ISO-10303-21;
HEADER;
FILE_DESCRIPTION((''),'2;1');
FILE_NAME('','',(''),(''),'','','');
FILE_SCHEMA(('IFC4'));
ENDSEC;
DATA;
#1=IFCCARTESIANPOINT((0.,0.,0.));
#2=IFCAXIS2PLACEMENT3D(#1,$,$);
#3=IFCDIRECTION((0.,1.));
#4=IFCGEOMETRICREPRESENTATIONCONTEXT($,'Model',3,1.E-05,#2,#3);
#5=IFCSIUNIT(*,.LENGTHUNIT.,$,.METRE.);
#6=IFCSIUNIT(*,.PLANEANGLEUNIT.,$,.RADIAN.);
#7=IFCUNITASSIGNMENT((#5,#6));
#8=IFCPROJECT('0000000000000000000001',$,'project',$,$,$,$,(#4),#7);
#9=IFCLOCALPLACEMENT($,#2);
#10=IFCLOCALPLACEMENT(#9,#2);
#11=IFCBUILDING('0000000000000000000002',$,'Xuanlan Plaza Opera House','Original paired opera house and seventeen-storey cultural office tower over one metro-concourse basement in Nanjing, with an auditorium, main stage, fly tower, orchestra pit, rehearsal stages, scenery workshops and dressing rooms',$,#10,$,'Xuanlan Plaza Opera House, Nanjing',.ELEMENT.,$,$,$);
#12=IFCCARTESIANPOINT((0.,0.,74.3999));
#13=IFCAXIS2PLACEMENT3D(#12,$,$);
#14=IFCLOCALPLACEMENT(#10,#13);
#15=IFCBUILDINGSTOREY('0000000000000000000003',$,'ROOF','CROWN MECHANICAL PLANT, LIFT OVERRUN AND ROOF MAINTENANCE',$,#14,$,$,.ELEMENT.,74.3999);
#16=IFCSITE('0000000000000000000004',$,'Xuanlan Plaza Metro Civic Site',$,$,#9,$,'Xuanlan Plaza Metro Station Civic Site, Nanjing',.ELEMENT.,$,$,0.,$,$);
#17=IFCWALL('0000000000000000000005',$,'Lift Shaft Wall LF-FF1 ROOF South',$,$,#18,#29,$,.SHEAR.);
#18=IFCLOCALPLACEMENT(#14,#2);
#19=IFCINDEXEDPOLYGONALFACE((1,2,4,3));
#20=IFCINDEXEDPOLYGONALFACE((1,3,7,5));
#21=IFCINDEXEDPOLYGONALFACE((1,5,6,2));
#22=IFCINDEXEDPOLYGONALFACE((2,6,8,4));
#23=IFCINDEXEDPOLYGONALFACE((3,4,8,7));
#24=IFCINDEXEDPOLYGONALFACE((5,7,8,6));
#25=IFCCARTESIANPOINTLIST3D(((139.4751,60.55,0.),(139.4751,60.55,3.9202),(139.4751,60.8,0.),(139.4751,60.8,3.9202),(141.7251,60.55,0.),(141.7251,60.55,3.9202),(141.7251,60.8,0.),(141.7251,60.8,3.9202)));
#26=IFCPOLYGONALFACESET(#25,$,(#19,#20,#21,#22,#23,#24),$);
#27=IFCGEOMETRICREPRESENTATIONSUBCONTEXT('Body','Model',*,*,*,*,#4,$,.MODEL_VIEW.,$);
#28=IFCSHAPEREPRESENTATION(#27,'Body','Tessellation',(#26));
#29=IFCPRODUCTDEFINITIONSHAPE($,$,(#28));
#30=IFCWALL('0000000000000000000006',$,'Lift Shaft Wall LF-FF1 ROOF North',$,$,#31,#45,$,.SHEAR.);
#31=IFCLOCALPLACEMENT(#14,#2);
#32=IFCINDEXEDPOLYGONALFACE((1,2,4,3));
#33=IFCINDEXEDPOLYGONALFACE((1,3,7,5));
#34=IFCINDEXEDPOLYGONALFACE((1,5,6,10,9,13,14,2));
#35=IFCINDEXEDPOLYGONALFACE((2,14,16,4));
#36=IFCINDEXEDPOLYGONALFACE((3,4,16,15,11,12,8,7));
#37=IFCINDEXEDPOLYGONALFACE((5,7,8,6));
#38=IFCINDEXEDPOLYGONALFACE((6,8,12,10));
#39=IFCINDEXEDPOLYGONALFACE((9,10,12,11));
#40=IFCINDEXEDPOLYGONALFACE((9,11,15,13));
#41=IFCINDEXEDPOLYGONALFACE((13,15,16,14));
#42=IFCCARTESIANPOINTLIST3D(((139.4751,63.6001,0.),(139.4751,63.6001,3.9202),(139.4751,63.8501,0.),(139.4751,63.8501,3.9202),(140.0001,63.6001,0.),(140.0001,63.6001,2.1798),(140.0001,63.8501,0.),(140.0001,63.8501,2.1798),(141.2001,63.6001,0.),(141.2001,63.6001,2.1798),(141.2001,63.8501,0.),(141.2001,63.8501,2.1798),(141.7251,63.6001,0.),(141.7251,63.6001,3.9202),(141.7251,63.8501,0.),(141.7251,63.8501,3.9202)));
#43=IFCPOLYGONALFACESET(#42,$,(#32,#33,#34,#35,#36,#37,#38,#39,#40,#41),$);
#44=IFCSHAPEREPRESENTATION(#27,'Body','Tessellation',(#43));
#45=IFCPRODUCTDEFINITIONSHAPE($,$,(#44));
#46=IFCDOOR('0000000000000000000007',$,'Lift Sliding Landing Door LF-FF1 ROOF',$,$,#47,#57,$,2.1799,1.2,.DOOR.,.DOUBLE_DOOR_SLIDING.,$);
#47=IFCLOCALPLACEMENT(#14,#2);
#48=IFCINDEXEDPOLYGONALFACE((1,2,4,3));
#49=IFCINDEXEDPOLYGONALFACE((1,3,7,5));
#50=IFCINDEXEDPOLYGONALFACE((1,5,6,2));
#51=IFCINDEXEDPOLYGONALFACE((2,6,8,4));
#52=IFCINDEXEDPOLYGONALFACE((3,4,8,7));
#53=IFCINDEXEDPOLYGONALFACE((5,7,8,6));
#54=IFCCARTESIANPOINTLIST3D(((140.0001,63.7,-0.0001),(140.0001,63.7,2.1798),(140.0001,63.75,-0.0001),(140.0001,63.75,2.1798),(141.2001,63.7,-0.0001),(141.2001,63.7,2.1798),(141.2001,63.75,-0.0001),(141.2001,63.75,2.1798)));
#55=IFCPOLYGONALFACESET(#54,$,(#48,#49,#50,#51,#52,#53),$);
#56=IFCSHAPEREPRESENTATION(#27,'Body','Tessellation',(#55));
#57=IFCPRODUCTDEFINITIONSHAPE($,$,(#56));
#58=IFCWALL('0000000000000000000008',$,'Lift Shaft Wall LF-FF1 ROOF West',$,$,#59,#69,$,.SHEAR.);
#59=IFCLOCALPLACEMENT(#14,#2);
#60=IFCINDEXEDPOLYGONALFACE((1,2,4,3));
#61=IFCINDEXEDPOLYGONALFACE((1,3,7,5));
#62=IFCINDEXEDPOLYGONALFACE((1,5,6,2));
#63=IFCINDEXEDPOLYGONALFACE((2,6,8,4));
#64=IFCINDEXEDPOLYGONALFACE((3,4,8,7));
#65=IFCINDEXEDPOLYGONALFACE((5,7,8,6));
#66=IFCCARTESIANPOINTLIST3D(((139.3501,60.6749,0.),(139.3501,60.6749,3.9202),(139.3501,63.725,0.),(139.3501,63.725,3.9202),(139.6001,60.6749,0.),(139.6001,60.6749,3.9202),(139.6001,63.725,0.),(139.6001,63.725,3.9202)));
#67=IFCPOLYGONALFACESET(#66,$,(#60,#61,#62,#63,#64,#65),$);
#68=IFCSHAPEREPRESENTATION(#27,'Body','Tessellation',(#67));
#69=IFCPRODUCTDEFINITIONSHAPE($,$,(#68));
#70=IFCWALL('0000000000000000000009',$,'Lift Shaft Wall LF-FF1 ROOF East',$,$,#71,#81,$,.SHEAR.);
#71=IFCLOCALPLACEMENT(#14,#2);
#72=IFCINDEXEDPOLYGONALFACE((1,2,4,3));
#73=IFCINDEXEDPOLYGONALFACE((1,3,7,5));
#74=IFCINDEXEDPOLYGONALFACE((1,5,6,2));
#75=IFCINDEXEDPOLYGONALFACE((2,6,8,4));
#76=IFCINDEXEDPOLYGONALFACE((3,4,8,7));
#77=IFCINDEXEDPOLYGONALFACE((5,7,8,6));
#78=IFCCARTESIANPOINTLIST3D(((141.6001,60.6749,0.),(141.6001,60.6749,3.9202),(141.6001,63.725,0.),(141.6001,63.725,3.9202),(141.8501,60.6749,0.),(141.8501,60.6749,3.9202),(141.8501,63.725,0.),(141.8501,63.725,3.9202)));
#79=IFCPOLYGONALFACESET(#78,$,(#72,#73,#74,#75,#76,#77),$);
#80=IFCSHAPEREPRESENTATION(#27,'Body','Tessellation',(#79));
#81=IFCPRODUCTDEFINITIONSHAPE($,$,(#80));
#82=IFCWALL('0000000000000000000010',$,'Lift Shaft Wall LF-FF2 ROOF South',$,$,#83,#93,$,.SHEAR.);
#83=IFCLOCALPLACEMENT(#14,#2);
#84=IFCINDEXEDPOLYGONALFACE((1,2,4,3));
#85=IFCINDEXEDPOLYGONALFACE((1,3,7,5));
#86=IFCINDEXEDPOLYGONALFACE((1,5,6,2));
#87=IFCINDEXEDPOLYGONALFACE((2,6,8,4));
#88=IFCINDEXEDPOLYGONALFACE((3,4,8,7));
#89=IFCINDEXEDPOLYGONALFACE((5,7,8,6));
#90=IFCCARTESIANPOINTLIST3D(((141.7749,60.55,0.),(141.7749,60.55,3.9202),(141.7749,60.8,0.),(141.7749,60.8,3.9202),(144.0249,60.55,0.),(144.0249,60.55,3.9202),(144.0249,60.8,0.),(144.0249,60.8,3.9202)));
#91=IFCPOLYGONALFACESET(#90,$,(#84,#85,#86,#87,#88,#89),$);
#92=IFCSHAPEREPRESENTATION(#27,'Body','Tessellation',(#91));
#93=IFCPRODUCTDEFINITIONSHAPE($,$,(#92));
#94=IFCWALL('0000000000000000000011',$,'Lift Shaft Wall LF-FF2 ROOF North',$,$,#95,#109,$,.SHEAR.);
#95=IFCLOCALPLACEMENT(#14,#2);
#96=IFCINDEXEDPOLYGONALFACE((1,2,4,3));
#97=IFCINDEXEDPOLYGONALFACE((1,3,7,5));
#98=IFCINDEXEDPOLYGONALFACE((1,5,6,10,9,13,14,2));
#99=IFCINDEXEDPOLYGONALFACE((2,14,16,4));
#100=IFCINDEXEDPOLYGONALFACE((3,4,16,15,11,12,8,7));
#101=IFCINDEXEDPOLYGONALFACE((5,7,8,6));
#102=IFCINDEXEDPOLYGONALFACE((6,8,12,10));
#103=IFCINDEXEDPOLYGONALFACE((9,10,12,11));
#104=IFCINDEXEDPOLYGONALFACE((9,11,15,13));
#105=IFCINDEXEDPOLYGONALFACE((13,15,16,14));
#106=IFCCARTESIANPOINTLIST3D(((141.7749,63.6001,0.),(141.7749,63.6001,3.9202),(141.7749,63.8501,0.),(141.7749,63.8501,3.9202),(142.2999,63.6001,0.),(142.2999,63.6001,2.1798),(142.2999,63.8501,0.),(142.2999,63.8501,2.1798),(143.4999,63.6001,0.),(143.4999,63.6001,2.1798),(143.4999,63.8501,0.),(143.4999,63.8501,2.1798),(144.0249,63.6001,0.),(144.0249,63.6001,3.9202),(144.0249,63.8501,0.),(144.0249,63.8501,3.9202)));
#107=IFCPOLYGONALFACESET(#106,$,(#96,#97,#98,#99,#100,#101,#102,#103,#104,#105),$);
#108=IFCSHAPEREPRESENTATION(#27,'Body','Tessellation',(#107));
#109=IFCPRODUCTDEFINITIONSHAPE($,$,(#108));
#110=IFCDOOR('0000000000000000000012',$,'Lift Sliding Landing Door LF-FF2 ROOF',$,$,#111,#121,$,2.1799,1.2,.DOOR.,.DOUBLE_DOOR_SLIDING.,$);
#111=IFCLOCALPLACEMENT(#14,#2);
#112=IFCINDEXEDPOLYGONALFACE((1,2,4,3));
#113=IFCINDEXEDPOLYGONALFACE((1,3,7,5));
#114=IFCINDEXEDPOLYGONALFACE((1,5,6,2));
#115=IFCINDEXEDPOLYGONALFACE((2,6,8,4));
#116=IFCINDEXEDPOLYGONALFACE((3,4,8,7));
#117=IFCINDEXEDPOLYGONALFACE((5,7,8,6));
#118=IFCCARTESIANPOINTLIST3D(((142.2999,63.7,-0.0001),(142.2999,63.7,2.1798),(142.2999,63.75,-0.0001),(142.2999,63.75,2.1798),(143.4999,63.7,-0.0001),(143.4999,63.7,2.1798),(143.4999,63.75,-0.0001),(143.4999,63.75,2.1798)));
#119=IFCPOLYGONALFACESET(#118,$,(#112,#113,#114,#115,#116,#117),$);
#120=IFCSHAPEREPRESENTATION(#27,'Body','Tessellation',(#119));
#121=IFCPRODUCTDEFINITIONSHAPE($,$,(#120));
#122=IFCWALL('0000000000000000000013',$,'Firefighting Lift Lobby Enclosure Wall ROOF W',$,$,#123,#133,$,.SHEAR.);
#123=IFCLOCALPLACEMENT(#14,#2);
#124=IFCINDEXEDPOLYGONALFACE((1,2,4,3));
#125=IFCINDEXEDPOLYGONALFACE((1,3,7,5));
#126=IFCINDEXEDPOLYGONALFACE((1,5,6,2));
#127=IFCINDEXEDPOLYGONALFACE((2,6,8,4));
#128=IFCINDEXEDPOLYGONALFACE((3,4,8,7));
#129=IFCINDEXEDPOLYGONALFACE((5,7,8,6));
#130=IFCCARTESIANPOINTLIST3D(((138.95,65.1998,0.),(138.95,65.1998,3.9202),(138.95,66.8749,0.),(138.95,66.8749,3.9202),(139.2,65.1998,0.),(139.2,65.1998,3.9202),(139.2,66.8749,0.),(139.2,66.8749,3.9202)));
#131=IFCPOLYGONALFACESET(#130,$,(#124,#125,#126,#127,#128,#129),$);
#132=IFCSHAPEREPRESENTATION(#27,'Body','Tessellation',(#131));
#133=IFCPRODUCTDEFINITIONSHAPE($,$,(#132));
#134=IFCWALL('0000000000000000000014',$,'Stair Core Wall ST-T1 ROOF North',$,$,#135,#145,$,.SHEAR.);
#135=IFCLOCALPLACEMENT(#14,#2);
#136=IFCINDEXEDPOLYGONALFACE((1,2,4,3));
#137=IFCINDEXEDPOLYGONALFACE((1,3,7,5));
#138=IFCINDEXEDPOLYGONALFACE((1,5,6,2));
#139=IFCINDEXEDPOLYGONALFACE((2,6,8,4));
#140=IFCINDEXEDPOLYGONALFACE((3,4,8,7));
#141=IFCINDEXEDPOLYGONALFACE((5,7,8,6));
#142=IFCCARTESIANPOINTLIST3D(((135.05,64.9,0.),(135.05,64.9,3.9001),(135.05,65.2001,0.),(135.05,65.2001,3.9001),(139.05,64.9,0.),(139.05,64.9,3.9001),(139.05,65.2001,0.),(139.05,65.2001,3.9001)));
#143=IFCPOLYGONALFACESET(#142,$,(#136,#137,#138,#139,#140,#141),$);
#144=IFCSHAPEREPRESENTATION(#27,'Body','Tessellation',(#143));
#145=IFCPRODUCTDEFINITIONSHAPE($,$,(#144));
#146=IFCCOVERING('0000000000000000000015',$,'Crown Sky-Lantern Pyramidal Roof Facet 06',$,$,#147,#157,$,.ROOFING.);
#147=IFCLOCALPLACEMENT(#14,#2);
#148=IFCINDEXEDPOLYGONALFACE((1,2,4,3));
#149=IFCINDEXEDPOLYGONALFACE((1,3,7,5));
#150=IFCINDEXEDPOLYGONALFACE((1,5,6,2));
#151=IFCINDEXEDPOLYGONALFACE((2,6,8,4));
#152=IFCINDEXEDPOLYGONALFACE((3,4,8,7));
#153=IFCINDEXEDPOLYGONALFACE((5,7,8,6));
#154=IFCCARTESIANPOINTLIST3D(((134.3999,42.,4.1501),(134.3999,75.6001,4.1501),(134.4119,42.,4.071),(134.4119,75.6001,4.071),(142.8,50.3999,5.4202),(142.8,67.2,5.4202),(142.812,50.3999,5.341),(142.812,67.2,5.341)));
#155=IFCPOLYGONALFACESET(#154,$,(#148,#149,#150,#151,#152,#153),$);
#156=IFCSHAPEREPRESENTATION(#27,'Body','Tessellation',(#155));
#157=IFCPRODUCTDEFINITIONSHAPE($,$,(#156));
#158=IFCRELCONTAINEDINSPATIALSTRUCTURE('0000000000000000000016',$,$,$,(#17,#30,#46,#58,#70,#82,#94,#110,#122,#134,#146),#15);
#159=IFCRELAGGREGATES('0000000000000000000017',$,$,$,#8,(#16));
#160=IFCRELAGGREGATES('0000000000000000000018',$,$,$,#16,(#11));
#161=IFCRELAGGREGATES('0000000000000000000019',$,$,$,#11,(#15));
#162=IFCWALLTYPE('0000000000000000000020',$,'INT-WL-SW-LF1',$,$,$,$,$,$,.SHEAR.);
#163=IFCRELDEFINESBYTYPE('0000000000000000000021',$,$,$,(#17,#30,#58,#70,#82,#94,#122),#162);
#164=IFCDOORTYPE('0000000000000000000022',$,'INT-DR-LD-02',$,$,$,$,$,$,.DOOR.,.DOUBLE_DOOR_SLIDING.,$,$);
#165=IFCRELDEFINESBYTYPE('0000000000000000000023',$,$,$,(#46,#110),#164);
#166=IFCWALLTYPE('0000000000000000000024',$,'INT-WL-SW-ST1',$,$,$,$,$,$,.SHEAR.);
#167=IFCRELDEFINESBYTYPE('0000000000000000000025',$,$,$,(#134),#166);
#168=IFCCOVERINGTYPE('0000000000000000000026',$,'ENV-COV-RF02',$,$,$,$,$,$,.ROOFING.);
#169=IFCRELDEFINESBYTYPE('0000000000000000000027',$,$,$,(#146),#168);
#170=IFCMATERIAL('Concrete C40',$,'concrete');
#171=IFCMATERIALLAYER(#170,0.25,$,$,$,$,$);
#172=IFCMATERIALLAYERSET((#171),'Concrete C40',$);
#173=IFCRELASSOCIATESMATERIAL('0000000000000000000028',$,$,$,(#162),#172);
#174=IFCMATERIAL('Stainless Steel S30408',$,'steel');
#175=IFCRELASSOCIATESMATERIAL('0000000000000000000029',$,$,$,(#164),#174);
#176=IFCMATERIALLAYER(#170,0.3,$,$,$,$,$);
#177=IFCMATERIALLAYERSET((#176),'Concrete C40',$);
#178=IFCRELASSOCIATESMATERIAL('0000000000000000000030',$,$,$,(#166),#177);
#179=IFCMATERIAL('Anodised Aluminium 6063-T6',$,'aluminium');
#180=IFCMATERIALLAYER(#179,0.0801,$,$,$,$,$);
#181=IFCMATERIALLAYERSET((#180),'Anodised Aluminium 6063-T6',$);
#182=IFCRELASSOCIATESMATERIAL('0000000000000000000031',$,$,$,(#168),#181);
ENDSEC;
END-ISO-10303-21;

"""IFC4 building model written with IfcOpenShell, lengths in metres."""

from ifc_helpers import new_model, si_unit, direction, frame, frame_2d, origin, place, context, subcontext, project, spatial, polyline, rectangle, outline, extrude, material, layer, layer_set, type_object, element, fill, save


model = new_model("IFC4")

# Units and contexts
model_context = context("Model", 3, precision=1e-05, world=origin(), true_north=direction((0.0, 1.0)))
body_context = subcontext(model_context, "Body", "Model", "MODEL_VIEW")
ifc_project = project(units=[si_unit("LENGTHUNIT", "METRE"), si_unit("PLANEANGLEUNIT", "RADIAN")], contexts=[model_context])

# Site, building, storey
site_placement = place(None, origin())
site = spatial("IfcSite", under=ifc_project, at=site_placement, Name="Xuanlan Plaza Metro Civic Site", LongName="Xuanlan Plaza Metro Station Civic Site, Nanjing", CompositionType="ELEMENT", RefElevation=0.0)
building_placement = place(site_placement, origin())
building = spatial("IfcBuilding", under=site, at=building_placement, Name="Xuanlan Plaza Opera House", Description="Original paired opera house and seventeen-storey cultural office tower over one metro-concourse basement in Nanjing, with an auditorium, main stage, fly tower, orchestra pit, rehearsal stages, scenery workshops and dressing rooms", LongName="Xuanlan Plaza Opera House, Nanjing", CompositionType="ELEMENT")
storey_placement = place(building_placement, frame((0.0, 0.0, 74.3999)))
storey = spatial("IfcBuildingStorey", under=building, at=storey_placement, Name="ROOF", Description="CROWN MECHANICAL PLANT, LIFT OVERRUN AND ROOF MAINTENANCE", CompositionType="ELEMENT", Elevation=74.3999)

# Shared definitions
ifc_material_1 = material(Name="Anodised Aluminium 6063-T6", Category="aluminium")

# Wall
ifc_material_2 = material(Name="Concrete C40", Category="concrete")
ifc_layer_1 = layer(ifc_material_2, 0.25)
ifc_layer_set_1 = layer_set([ifc_layer_1], Name="Concrete C40")
wall_type_1 = type_object("IfcWallType", Name="INT-WL-SW-LF1", PredefinedType="SHEAR", material=ifc_layer_set_1)
wall_1_placement = place(storey_placement, frame((139.4751, 60.675, 0.0), z_axis=(0.0, 0.0, 1.0), x_axis=(1.0, 0.0, 0.0)))
element("IfcWall", 1, at=wall_1_placement, inside=storey, type_object=wall_type_1, Name="Lift Shaft Wall LF-FF1 ROOF South", PredefinedType="SHEAR", context=body_context, shape_type="SweptSolid", body=[
    extrude(rectangle(XDim=2.25, YDim=0.25, at=frame_2d((1.125, 0.0))), origin(), (0.0, 0.0, 1.0), 3.9202),
])

# Wall, opening, door
wall_2_placement = place(storey_placement, frame((139.4751, 63.7251, 0.0), z_axis=(0.0, 0.0, 1.0), x_axis=(1.0, 0.0, 0.0)))
wall_2 = element("IfcWall", 2, at=wall_2_placement, inside=storey, type_object=wall_type_1, Name="Lift Shaft Wall LF-FF1 ROOF North", PredefinedType="SHEAR", context=body_context, shape_type="SweptSolid", body=[
    extrude(rectangle(XDim=2.25, YDim=0.25, at=frame_2d((1.125, 0.0))), origin(), (0.0, 0.0, 1.0), 3.9202),
])
opening_1_placement = place(wall_2_placement, frame((0.5249, 0.0, 0.0)))
opening_1 = element("IfcOpeningElement", 3, at=opening_1_placement, cuts=wall_2, PredefinedType="OPENING", context=body_context, shape_type="SweptSolid", body=[
    extrude(rectangle(XDim=1.2, YDim=2.1799, at=frame_2d((0.6001, 1.0898))), frame((0.0, 0.135, 0.0), z_axis=(0.0, -1.0, 0.0), x_axis=(1.0, 0.0, 0.0)), (0.0, 0.0, 1.0), 0.27),
])
ifc_material_3 = material(Name="Stainless Steel S30408", Category="steel")
door_type_1 = type_object("IfcDoorType", Name="INT-DR-LD-02", OperationType="DOUBLE_DOOR_SLIDING", PredefinedType="DOOR", material=ifc_material_3)
door_1_placement = place(opening_1_placement, origin())
door_1 = element("IfcDoor", 4, at=door_1_placement, inside=storey, type_object=door_type_1, Name="Lift Sliding Landing Door LF-FF1 ROOF", OperationType="DOUBLE_DOOR_SLIDING", OverallHeight=2.1799, OverallWidth=1.2, PredefinedType="DOOR", context=body_context, shape_type="SweptSolid", body=[
    extrude(rectangle(XDim=1.2, YDim=2.1799, at=frame_2d((0.6001, 1.0898))), frame((0.0, 0.0249, 0.0), z_axis=(0.0, -1.0, 0.0), x_axis=(1.0, 0.0, 0.0)), (0.0, 0.0, 1.0), 0.05),
])
fill(opening_1, door_1)

# Walls
for number, where, z_axis, x_axis, name in (
    (5, (139.4751, 60.675, 0.0), (0.0, 0.0, 1.0), (0.0, 1.0, 0.0), "Lift Shaft Wall LF-FF1 ROOF West"),
    (6, (141.7251, 60.675, 0.0), (0.0, 0.0, 1.0), (0.0, 1.0, 0.0), "Lift Shaft Wall LF-FF1 ROOF East"),
):
    element("IfcWall", number, at=place(storey_placement, frame(where, z_axis=z_axis, x_axis=x_axis)), inside=storey, type_object=wall_type_1, Name=name, PredefinedType="SHEAR", context=body_context, shape_type="SweptSolid", body=[
        extrude(rectangle(XDim=3.05, YDim=0.25, at=frame_2d((1.5249, 0.0))), origin(), (0.0, 0.0, 1.0), 3.9202),
    ])
wall_3_placement = place(storey_placement, frame((141.7749, 60.675, 0.0), z_axis=(0.0, 0.0, 1.0), x_axis=(1.0, 0.0, 0.0)))
element("IfcWall", 7, at=wall_3_placement, inside=storey, type_object=wall_type_1, Name="Lift Shaft Wall LF-FF2 ROOF South", PredefinedType="SHEAR", context=body_context, shape_type="SweptSolid", body=[
    extrude(rectangle(XDim=2.25, YDim=0.25, at=frame_2d((1.125, 0.0))), origin(), (0.0, 0.0, 1.0), 3.9202),
])

# Wall, opening, door
wall_4_placement = place(storey_placement, frame((141.7749, 63.7251, 0.0), z_axis=(0.0, 0.0, 1.0), x_axis=(1.0, 0.0, 0.0)))
wall_4 = element("IfcWall", 8, at=wall_4_placement, inside=storey, type_object=wall_type_1, Name="Lift Shaft Wall LF-FF2 ROOF North", PredefinedType="SHEAR", context=body_context, shape_type="SweptSolid", body=[
    extrude(rectangle(XDim=2.25, YDim=0.25, at=frame_2d((1.125, 0.0))), origin(), (0.0, 0.0, 1.0), 3.9202),
])
opening_2_placement = place(wall_4_placement, frame((0.5249, 0.0, 0.0)))
opening_2 = element("IfcOpeningElement", 9, at=opening_2_placement, cuts=wall_4, PredefinedType="OPENING", context=body_context, shape_type="SweptSolid", body=[
    extrude(rectangle(XDim=1.2, YDim=2.1799, at=frame_2d((0.6001, 1.0898))), frame((0.0, 0.135, 0.0), z_axis=(0.0, -1.0, 0.0), x_axis=(1.0, 0.0, 0.0)), (0.0, 0.0, 1.0), 0.27),
])
door_2_placement = place(opening_2_placement, origin())
door_2 = element("IfcDoor", 10, at=door_2_placement, inside=storey, type_object=door_type_1, Name="Lift Sliding Landing Door LF-FF2 ROOF", OperationType="DOUBLE_DOOR_SLIDING", OverallHeight=2.1799, OverallWidth=1.2, PredefinedType="DOOR", context=body_context, shape_type="SweptSolid", body=[
    extrude(rectangle(XDim=1.2, YDim=2.1799, at=frame_2d((0.6001, 1.0898))), frame((0.0, 0.0249, 0.0), z_axis=(0.0, -1.0, 0.0), x_axis=(1.0, 0.0, 0.0)), (0.0, 0.0, 1.0), 0.05),
])
fill(opening_2, door_2)

# Wall
wall_5_placement = place(storey_placement, frame((139.075, 65.2, 0.0), z_axis=(0.0, 0.0, 1.0), x_axis=(0.0, 1.0, 0.0)))
element("IfcWall", 11, at=wall_5_placement, inside=storey, type_object=wall_type_1, Name="Firefighting Lift Lobby Enclosure Wall ROOF W", PredefinedType="SHEAR", context=body_context, shape_type="SweptSolid", body=[
    extrude(rectangle(XDim=1.675, YDim=0.25, at=frame_2d((0.8374, 0.0))), origin(), (0.0, 0.0, 1.0), 3.9202),
])

# Wall
ifc_layer_2 = layer(ifc_material_2, 0.3)
ifc_layer_set_2 = layer_set([ifc_layer_2], Name="Concrete C40")
wall_type_2 = type_object("IfcWallType", Name="INT-WL-SW-ST1", PredefinedType="SHEAR", material=ifc_layer_set_2)
wall_6_placement = place(storey_placement, frame((135.05, 65.05, 0.0), z_axis=(0.0, 0.0, 1.0), x_axis=(1.0, 0.0, 0.0)))
element("IfcWall", 12, at=wall_6_placement, inside=storey, type_object=wall_type_2, Name="Stair Core Wall ST-T1 ROOF North", PredefinedType="SHEAR", context=body_context, shape_type="SweptSolid", body=[
    extrude(rectangle(XDim=4.0, YDim=0.3, at=frame_2d((2.0, 0.0))), origin(), (0.0, 0.0, 1.0), 3.9001),
])

# Covering
ifc_layer_3 = layer(ifc_material_1, 0.0801)
ifc_layer_set_3 = layer_set([ifc_layer_3], Name="Anodised Aluminium 6063-T6")
covering_type = type_object("IfcCoveringType", Name="ENV-COV-RF02", PredefinedType="ROOFING", material=ifc_layer_set_3)
covering_placement = place(storey_placement, frame((134.3999, 75.6001, 4.1501), z_axis=(-0.149491, 0.0, 0.988763), x_axis=(0.0, -1.0, 0.0)))
element("IfcCovering", 13, at=covering_placement, inside=storey, type_object=covering_type, Name="Crown Sky-Lantern Pyramidal Roof Facet 06", PredefinedType="ROOFING", context=body_context, shape_type="SweptSolid", body=[
    extrude(outline(polyline([(0.0, 0.0), (33.6001, 0.0), (25.2002, 8.4956), (8.4001, 8.4956), (0.0, 0.0)])), origin(), (0.0, 0.0, -1.0), 0.0801),
])

save(model, "model.ifc")
